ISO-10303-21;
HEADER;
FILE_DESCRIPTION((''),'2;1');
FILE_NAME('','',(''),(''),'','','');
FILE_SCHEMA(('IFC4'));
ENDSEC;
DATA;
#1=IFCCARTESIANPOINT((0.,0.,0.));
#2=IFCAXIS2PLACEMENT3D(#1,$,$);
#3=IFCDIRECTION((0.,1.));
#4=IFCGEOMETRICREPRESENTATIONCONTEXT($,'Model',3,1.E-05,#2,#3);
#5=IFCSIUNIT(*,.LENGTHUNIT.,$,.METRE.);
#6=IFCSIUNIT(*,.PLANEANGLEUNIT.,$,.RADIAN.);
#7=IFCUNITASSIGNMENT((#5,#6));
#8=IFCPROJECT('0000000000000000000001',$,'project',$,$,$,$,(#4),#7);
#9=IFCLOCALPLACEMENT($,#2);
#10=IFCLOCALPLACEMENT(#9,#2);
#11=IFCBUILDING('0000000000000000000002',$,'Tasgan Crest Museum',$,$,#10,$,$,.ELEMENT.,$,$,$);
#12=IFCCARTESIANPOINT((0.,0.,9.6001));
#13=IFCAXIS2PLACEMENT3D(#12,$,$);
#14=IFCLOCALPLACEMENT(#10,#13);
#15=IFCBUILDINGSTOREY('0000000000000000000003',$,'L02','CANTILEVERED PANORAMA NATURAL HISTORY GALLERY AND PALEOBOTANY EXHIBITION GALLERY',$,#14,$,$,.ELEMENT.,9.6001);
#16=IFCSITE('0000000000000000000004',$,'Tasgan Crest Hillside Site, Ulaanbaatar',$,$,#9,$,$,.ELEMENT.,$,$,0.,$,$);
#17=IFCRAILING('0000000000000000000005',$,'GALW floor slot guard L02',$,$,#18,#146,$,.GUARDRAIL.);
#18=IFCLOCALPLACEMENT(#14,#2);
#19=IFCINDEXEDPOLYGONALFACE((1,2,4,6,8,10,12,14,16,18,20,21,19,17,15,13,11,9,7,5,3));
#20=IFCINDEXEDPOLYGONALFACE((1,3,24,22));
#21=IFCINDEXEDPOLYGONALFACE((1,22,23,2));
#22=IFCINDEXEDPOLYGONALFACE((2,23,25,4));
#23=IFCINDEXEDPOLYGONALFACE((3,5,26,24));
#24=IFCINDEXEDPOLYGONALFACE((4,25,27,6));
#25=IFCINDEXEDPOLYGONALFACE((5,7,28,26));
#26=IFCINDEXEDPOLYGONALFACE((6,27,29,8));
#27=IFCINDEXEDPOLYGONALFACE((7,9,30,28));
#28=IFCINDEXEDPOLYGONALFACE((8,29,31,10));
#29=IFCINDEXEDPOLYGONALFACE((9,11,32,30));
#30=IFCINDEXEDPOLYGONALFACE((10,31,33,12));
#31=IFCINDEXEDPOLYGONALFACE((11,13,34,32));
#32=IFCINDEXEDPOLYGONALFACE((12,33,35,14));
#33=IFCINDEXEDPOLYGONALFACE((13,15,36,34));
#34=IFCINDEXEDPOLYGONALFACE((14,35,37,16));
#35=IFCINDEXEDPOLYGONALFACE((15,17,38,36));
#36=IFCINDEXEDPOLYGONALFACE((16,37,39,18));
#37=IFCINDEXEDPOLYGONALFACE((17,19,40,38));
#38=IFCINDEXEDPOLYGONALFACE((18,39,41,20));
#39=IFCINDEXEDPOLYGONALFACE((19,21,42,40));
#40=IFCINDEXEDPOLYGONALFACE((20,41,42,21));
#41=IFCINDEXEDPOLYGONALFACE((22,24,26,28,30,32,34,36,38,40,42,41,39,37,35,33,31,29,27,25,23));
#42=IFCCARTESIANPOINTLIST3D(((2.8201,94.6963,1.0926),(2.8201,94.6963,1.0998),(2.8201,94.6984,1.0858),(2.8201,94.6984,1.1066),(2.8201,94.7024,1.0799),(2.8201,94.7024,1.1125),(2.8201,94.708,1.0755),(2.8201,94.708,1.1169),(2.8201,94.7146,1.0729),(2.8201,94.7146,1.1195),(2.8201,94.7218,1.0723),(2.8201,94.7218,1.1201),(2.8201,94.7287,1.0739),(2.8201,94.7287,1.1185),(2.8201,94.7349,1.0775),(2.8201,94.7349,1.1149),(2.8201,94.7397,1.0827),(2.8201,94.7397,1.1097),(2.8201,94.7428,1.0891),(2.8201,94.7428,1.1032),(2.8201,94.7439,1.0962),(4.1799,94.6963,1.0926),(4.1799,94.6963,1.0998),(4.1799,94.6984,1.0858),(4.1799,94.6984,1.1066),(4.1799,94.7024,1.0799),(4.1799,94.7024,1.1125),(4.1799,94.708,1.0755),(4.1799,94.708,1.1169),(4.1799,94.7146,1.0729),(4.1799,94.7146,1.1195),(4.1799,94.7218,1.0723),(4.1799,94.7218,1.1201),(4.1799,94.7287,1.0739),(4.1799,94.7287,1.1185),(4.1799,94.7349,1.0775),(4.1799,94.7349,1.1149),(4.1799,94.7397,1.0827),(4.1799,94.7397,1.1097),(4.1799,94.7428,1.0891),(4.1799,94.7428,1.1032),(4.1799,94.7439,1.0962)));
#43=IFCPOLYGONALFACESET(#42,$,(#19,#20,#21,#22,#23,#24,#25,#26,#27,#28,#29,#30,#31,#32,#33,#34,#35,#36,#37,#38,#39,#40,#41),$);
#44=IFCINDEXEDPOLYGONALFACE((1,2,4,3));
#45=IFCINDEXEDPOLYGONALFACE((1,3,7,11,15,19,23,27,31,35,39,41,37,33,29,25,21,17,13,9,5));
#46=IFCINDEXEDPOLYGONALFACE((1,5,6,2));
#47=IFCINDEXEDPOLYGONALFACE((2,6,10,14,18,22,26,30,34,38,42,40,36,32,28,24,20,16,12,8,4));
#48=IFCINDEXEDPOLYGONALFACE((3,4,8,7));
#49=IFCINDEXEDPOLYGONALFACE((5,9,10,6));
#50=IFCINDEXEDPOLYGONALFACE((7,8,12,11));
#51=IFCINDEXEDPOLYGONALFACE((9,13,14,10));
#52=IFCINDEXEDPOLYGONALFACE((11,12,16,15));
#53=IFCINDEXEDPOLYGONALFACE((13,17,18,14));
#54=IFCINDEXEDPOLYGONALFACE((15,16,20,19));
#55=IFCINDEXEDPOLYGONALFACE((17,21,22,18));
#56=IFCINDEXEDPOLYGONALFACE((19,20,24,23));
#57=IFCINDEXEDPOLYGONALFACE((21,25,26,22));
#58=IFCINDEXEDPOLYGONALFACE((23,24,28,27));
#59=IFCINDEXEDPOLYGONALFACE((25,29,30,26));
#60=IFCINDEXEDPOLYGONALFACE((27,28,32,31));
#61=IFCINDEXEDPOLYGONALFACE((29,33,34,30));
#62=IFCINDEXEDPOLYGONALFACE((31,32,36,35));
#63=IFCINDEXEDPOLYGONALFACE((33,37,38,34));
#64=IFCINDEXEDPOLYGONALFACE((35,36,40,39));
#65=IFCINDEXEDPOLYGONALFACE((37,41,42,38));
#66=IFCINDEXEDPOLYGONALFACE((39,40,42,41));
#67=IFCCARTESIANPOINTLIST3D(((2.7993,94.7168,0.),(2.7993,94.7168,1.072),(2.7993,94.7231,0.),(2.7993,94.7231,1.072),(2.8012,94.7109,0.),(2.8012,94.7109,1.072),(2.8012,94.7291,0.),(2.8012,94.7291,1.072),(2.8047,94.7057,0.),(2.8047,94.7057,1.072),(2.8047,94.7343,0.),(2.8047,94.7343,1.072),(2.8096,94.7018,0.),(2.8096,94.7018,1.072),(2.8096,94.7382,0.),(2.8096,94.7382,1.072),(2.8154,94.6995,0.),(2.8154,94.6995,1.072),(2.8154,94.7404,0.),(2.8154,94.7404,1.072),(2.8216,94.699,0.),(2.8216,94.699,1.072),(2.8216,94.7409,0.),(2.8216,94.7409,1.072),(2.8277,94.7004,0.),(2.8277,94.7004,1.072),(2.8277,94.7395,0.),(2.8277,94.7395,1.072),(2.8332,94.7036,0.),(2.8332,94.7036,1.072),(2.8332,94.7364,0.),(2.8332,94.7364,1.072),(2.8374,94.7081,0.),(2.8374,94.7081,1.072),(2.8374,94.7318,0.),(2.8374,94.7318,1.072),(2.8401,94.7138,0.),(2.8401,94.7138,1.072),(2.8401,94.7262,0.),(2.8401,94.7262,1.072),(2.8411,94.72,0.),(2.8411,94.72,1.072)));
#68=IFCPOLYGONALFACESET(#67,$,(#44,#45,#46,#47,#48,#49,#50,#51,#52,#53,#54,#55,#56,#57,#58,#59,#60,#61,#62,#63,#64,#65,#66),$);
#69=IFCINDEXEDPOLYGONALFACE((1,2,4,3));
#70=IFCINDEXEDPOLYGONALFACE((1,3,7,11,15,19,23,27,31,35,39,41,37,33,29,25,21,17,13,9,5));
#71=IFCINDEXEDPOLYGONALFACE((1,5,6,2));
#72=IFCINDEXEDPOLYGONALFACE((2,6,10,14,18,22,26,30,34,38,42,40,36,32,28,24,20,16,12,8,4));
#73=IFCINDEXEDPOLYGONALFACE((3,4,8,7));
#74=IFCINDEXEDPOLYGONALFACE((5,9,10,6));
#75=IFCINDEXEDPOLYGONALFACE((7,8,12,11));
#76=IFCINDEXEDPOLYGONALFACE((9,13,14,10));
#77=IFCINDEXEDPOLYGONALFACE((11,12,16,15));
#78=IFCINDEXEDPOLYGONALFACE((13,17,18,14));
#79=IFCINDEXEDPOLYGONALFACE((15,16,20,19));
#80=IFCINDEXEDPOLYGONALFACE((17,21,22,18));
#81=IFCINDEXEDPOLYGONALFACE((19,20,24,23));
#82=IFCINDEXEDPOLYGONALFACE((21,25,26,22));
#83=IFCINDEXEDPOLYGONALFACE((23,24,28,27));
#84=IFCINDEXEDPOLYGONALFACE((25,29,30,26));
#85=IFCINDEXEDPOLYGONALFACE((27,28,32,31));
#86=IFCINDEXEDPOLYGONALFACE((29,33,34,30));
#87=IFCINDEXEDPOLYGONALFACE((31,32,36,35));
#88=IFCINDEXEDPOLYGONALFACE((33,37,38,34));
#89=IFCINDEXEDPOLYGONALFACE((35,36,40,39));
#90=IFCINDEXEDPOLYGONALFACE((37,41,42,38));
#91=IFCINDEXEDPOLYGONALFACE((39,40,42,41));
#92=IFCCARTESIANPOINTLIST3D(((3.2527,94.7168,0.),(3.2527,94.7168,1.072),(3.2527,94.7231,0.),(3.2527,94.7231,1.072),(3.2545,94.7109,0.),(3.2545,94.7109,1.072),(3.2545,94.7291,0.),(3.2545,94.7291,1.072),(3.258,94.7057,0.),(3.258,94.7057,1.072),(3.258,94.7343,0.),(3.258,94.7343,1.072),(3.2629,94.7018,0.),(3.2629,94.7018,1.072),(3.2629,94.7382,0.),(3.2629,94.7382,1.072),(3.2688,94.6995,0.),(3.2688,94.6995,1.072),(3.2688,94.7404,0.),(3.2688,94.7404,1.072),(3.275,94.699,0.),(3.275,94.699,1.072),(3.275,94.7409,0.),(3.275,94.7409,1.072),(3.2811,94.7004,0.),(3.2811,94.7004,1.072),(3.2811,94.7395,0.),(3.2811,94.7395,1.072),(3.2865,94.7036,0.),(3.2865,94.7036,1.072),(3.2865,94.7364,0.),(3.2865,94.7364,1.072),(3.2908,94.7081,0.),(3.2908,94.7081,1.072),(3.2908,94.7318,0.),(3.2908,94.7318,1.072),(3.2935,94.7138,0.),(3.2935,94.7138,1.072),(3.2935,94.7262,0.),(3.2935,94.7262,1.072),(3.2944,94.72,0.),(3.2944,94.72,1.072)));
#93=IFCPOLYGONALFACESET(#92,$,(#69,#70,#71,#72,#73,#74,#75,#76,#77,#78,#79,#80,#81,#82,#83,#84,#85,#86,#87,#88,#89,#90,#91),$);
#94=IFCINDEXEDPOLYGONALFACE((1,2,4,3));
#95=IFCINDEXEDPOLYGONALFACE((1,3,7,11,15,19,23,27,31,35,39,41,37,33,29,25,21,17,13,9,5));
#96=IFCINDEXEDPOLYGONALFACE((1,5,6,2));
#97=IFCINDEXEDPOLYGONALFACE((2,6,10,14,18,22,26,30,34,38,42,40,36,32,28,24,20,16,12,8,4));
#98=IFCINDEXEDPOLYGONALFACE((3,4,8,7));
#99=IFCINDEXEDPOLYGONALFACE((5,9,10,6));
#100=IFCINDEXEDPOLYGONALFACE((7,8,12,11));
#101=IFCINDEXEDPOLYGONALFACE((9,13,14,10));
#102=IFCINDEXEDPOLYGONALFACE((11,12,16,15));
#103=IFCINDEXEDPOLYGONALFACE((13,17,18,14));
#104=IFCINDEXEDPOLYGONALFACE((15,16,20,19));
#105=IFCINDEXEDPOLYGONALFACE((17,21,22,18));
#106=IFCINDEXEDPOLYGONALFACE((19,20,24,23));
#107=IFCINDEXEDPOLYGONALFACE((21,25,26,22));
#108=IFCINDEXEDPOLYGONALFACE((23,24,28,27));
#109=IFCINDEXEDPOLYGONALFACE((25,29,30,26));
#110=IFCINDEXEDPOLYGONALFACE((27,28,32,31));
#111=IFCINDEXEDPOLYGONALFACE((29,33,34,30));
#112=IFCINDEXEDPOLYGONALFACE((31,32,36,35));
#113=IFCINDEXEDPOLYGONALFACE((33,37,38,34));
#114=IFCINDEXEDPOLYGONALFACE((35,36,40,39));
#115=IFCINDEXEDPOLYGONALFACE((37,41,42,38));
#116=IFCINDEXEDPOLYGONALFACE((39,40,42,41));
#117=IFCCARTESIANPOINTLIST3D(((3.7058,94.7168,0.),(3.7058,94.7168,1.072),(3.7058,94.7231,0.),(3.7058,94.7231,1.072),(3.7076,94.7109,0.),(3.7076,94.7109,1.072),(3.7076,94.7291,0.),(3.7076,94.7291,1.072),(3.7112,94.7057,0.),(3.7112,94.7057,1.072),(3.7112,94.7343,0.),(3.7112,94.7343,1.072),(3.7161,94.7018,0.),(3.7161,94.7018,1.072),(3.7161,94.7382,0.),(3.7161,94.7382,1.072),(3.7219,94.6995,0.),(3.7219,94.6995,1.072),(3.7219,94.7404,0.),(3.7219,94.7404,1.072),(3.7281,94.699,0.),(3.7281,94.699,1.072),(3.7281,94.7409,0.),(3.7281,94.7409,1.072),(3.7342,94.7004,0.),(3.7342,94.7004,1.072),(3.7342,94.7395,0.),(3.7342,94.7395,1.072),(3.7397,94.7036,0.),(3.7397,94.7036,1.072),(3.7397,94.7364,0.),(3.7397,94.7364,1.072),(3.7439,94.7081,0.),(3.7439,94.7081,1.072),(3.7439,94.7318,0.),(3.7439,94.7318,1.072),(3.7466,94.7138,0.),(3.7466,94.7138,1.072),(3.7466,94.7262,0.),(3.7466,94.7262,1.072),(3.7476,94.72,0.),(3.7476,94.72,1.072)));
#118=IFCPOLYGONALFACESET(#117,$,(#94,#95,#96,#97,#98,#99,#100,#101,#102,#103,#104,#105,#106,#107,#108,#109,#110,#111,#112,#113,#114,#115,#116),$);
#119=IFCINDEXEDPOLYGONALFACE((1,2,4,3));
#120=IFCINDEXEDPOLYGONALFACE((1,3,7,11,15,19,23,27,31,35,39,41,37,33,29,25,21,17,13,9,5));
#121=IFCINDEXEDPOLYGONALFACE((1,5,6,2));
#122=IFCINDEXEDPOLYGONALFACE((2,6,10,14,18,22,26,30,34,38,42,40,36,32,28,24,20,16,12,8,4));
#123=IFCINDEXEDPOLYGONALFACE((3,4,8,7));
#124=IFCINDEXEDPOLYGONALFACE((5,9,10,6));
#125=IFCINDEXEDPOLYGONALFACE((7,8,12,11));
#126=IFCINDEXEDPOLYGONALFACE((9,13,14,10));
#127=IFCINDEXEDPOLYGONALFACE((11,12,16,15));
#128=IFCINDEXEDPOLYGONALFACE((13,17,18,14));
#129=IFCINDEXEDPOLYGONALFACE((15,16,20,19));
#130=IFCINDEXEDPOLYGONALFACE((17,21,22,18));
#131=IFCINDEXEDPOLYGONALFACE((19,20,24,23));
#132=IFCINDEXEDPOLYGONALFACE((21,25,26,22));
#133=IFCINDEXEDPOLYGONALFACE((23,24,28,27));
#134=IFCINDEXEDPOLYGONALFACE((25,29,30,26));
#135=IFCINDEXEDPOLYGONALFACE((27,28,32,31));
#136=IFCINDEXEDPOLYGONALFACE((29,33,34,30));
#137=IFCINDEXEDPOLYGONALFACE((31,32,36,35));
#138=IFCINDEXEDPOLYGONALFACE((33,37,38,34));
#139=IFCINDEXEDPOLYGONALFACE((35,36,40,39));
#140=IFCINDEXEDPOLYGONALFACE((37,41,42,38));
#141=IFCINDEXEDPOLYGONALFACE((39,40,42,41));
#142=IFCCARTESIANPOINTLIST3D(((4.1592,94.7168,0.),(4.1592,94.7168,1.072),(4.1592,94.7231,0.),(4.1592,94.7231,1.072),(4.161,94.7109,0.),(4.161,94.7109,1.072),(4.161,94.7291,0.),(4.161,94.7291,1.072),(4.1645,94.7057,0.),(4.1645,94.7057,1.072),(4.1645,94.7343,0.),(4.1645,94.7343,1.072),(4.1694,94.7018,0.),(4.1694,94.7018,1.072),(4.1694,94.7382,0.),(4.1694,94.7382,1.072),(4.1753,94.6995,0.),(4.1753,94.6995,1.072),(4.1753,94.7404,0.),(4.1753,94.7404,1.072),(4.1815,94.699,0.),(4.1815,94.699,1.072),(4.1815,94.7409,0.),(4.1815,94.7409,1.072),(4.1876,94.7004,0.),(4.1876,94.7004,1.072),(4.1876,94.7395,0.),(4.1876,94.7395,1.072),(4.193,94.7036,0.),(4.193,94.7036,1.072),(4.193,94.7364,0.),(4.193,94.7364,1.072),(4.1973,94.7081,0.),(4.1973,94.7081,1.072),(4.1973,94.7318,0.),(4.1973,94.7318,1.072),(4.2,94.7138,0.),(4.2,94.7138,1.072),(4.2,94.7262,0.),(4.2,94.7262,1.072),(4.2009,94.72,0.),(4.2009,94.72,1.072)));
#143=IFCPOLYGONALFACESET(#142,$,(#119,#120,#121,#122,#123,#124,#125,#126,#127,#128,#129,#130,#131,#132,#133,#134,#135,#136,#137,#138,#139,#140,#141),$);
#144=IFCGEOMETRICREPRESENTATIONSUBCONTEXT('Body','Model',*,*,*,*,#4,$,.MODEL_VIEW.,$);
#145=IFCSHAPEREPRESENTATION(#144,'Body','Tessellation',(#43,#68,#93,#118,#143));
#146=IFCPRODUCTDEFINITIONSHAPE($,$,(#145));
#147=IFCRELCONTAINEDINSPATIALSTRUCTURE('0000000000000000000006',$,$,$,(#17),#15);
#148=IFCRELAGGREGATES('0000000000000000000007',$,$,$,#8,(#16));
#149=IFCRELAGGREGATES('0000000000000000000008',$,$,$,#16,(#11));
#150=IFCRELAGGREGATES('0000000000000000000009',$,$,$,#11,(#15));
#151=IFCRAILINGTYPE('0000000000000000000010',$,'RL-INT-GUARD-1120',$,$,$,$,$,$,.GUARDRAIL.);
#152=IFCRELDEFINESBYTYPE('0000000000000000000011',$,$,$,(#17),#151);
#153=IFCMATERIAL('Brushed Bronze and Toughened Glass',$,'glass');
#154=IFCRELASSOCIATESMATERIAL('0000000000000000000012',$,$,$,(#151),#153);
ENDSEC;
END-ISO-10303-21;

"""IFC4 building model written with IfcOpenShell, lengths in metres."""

from ifc_helpers import new_model, si_unit, direction, frame, origin, origin_2d, place, context, subcontext, project, spatial, circle, extrude, material, type_object, element, save


model = new_model("IFC4")

# Units and contexts
model_context = context("Model", 3, precision=1e-05, world=origin(), true_north=direction((0.0, 1.0)))
body_context = subcontext(model_context, "Body", "Model", "MODEL_VIEW")
ifc_project = project(units=[si_unit("LENGTHUNIT", "METRE"), si_unit("PLANEANGLEUNIT", "RADIAN")], contexts=[model_context])

# Site, building, storey
site_placement = place(None, origin())
site = spatial("IfcSite", under=ifc_project, at=site_placement, Name="Tasgan Crest Hillside Site, Ulaanbaatar", CompositionType="ELEMENT", RefElevation=0.0)
building_placement = place(site_placement, origin())
building = spatial("IfcBuilding", under=site, at=building_placement, Name="Tasgan Crest Museum", CompositionType="ELEMENT")
storey_placement = place(building_placement, frame((0.0, 0.0, 9.6001)))
storey = spatial("IfcBuildingStorey", under=building, at=storey_placement, Name="L02", Description="CANTILEVERED PANORAMA NATURAL HISTORY GALLERY AND PALEOBOTANY EXHIBITION GALLERY", CompositionType="ELEMENT", Elevation=9.6001)

# Railing
ifc_material_1 = material(Name="Brushed Bronze and Toughened Glass", Category="glass")
railing_type_1 = type_object("IfcRailingType", Name="RL-INT-GUARD-1120", PredefinedType="GUARDRAIL", material=ifc_material_1)
railing_1_placement = place(storey_placement, frame((2.8201, 94.72, 0.0)))
element("IfcRailing", 1, at=railing_1_placement, inside=storey, type_object=railing_type_1, Name="GALW floor slot guard L02", PredefinedType="GUARDRAIL", context=body_context, shape_type="SweptSolid", body=[
    extrude(circle(Radius=0.0239, at=origin_2d()), frame((0.0, 0.0, 1.0962), z_axis=(1.0, 0.0, 0.0), x_axis=(0.0, 1.0, 0.0)), (0.0, 0.0, 1.0), 1.3599),
    extrude(circle(Radius=0.021, at=origin_2d()), origin(), (0.0, 0.0, 1.0), 1.072),
    extrude(circle(Radius=0.021, at=origin_2d()), frame((0.4534, 0.0, 0.0)), (0.0, 0.0, 1.0), 1.072),
    extrude(circle(Radius=0.021, at=origin_2d()), frame((0.9065, 0.0, 0.0)), (0.0, 0.0, 1.0), 1.072),
    extrude(circle(Radius=0.021, at=origin_2d()), frame((1.3599, 0.0, 0.0)), (0.0, 0.0, 1.0), 1.072),
])

save(model, "model.ifc")
